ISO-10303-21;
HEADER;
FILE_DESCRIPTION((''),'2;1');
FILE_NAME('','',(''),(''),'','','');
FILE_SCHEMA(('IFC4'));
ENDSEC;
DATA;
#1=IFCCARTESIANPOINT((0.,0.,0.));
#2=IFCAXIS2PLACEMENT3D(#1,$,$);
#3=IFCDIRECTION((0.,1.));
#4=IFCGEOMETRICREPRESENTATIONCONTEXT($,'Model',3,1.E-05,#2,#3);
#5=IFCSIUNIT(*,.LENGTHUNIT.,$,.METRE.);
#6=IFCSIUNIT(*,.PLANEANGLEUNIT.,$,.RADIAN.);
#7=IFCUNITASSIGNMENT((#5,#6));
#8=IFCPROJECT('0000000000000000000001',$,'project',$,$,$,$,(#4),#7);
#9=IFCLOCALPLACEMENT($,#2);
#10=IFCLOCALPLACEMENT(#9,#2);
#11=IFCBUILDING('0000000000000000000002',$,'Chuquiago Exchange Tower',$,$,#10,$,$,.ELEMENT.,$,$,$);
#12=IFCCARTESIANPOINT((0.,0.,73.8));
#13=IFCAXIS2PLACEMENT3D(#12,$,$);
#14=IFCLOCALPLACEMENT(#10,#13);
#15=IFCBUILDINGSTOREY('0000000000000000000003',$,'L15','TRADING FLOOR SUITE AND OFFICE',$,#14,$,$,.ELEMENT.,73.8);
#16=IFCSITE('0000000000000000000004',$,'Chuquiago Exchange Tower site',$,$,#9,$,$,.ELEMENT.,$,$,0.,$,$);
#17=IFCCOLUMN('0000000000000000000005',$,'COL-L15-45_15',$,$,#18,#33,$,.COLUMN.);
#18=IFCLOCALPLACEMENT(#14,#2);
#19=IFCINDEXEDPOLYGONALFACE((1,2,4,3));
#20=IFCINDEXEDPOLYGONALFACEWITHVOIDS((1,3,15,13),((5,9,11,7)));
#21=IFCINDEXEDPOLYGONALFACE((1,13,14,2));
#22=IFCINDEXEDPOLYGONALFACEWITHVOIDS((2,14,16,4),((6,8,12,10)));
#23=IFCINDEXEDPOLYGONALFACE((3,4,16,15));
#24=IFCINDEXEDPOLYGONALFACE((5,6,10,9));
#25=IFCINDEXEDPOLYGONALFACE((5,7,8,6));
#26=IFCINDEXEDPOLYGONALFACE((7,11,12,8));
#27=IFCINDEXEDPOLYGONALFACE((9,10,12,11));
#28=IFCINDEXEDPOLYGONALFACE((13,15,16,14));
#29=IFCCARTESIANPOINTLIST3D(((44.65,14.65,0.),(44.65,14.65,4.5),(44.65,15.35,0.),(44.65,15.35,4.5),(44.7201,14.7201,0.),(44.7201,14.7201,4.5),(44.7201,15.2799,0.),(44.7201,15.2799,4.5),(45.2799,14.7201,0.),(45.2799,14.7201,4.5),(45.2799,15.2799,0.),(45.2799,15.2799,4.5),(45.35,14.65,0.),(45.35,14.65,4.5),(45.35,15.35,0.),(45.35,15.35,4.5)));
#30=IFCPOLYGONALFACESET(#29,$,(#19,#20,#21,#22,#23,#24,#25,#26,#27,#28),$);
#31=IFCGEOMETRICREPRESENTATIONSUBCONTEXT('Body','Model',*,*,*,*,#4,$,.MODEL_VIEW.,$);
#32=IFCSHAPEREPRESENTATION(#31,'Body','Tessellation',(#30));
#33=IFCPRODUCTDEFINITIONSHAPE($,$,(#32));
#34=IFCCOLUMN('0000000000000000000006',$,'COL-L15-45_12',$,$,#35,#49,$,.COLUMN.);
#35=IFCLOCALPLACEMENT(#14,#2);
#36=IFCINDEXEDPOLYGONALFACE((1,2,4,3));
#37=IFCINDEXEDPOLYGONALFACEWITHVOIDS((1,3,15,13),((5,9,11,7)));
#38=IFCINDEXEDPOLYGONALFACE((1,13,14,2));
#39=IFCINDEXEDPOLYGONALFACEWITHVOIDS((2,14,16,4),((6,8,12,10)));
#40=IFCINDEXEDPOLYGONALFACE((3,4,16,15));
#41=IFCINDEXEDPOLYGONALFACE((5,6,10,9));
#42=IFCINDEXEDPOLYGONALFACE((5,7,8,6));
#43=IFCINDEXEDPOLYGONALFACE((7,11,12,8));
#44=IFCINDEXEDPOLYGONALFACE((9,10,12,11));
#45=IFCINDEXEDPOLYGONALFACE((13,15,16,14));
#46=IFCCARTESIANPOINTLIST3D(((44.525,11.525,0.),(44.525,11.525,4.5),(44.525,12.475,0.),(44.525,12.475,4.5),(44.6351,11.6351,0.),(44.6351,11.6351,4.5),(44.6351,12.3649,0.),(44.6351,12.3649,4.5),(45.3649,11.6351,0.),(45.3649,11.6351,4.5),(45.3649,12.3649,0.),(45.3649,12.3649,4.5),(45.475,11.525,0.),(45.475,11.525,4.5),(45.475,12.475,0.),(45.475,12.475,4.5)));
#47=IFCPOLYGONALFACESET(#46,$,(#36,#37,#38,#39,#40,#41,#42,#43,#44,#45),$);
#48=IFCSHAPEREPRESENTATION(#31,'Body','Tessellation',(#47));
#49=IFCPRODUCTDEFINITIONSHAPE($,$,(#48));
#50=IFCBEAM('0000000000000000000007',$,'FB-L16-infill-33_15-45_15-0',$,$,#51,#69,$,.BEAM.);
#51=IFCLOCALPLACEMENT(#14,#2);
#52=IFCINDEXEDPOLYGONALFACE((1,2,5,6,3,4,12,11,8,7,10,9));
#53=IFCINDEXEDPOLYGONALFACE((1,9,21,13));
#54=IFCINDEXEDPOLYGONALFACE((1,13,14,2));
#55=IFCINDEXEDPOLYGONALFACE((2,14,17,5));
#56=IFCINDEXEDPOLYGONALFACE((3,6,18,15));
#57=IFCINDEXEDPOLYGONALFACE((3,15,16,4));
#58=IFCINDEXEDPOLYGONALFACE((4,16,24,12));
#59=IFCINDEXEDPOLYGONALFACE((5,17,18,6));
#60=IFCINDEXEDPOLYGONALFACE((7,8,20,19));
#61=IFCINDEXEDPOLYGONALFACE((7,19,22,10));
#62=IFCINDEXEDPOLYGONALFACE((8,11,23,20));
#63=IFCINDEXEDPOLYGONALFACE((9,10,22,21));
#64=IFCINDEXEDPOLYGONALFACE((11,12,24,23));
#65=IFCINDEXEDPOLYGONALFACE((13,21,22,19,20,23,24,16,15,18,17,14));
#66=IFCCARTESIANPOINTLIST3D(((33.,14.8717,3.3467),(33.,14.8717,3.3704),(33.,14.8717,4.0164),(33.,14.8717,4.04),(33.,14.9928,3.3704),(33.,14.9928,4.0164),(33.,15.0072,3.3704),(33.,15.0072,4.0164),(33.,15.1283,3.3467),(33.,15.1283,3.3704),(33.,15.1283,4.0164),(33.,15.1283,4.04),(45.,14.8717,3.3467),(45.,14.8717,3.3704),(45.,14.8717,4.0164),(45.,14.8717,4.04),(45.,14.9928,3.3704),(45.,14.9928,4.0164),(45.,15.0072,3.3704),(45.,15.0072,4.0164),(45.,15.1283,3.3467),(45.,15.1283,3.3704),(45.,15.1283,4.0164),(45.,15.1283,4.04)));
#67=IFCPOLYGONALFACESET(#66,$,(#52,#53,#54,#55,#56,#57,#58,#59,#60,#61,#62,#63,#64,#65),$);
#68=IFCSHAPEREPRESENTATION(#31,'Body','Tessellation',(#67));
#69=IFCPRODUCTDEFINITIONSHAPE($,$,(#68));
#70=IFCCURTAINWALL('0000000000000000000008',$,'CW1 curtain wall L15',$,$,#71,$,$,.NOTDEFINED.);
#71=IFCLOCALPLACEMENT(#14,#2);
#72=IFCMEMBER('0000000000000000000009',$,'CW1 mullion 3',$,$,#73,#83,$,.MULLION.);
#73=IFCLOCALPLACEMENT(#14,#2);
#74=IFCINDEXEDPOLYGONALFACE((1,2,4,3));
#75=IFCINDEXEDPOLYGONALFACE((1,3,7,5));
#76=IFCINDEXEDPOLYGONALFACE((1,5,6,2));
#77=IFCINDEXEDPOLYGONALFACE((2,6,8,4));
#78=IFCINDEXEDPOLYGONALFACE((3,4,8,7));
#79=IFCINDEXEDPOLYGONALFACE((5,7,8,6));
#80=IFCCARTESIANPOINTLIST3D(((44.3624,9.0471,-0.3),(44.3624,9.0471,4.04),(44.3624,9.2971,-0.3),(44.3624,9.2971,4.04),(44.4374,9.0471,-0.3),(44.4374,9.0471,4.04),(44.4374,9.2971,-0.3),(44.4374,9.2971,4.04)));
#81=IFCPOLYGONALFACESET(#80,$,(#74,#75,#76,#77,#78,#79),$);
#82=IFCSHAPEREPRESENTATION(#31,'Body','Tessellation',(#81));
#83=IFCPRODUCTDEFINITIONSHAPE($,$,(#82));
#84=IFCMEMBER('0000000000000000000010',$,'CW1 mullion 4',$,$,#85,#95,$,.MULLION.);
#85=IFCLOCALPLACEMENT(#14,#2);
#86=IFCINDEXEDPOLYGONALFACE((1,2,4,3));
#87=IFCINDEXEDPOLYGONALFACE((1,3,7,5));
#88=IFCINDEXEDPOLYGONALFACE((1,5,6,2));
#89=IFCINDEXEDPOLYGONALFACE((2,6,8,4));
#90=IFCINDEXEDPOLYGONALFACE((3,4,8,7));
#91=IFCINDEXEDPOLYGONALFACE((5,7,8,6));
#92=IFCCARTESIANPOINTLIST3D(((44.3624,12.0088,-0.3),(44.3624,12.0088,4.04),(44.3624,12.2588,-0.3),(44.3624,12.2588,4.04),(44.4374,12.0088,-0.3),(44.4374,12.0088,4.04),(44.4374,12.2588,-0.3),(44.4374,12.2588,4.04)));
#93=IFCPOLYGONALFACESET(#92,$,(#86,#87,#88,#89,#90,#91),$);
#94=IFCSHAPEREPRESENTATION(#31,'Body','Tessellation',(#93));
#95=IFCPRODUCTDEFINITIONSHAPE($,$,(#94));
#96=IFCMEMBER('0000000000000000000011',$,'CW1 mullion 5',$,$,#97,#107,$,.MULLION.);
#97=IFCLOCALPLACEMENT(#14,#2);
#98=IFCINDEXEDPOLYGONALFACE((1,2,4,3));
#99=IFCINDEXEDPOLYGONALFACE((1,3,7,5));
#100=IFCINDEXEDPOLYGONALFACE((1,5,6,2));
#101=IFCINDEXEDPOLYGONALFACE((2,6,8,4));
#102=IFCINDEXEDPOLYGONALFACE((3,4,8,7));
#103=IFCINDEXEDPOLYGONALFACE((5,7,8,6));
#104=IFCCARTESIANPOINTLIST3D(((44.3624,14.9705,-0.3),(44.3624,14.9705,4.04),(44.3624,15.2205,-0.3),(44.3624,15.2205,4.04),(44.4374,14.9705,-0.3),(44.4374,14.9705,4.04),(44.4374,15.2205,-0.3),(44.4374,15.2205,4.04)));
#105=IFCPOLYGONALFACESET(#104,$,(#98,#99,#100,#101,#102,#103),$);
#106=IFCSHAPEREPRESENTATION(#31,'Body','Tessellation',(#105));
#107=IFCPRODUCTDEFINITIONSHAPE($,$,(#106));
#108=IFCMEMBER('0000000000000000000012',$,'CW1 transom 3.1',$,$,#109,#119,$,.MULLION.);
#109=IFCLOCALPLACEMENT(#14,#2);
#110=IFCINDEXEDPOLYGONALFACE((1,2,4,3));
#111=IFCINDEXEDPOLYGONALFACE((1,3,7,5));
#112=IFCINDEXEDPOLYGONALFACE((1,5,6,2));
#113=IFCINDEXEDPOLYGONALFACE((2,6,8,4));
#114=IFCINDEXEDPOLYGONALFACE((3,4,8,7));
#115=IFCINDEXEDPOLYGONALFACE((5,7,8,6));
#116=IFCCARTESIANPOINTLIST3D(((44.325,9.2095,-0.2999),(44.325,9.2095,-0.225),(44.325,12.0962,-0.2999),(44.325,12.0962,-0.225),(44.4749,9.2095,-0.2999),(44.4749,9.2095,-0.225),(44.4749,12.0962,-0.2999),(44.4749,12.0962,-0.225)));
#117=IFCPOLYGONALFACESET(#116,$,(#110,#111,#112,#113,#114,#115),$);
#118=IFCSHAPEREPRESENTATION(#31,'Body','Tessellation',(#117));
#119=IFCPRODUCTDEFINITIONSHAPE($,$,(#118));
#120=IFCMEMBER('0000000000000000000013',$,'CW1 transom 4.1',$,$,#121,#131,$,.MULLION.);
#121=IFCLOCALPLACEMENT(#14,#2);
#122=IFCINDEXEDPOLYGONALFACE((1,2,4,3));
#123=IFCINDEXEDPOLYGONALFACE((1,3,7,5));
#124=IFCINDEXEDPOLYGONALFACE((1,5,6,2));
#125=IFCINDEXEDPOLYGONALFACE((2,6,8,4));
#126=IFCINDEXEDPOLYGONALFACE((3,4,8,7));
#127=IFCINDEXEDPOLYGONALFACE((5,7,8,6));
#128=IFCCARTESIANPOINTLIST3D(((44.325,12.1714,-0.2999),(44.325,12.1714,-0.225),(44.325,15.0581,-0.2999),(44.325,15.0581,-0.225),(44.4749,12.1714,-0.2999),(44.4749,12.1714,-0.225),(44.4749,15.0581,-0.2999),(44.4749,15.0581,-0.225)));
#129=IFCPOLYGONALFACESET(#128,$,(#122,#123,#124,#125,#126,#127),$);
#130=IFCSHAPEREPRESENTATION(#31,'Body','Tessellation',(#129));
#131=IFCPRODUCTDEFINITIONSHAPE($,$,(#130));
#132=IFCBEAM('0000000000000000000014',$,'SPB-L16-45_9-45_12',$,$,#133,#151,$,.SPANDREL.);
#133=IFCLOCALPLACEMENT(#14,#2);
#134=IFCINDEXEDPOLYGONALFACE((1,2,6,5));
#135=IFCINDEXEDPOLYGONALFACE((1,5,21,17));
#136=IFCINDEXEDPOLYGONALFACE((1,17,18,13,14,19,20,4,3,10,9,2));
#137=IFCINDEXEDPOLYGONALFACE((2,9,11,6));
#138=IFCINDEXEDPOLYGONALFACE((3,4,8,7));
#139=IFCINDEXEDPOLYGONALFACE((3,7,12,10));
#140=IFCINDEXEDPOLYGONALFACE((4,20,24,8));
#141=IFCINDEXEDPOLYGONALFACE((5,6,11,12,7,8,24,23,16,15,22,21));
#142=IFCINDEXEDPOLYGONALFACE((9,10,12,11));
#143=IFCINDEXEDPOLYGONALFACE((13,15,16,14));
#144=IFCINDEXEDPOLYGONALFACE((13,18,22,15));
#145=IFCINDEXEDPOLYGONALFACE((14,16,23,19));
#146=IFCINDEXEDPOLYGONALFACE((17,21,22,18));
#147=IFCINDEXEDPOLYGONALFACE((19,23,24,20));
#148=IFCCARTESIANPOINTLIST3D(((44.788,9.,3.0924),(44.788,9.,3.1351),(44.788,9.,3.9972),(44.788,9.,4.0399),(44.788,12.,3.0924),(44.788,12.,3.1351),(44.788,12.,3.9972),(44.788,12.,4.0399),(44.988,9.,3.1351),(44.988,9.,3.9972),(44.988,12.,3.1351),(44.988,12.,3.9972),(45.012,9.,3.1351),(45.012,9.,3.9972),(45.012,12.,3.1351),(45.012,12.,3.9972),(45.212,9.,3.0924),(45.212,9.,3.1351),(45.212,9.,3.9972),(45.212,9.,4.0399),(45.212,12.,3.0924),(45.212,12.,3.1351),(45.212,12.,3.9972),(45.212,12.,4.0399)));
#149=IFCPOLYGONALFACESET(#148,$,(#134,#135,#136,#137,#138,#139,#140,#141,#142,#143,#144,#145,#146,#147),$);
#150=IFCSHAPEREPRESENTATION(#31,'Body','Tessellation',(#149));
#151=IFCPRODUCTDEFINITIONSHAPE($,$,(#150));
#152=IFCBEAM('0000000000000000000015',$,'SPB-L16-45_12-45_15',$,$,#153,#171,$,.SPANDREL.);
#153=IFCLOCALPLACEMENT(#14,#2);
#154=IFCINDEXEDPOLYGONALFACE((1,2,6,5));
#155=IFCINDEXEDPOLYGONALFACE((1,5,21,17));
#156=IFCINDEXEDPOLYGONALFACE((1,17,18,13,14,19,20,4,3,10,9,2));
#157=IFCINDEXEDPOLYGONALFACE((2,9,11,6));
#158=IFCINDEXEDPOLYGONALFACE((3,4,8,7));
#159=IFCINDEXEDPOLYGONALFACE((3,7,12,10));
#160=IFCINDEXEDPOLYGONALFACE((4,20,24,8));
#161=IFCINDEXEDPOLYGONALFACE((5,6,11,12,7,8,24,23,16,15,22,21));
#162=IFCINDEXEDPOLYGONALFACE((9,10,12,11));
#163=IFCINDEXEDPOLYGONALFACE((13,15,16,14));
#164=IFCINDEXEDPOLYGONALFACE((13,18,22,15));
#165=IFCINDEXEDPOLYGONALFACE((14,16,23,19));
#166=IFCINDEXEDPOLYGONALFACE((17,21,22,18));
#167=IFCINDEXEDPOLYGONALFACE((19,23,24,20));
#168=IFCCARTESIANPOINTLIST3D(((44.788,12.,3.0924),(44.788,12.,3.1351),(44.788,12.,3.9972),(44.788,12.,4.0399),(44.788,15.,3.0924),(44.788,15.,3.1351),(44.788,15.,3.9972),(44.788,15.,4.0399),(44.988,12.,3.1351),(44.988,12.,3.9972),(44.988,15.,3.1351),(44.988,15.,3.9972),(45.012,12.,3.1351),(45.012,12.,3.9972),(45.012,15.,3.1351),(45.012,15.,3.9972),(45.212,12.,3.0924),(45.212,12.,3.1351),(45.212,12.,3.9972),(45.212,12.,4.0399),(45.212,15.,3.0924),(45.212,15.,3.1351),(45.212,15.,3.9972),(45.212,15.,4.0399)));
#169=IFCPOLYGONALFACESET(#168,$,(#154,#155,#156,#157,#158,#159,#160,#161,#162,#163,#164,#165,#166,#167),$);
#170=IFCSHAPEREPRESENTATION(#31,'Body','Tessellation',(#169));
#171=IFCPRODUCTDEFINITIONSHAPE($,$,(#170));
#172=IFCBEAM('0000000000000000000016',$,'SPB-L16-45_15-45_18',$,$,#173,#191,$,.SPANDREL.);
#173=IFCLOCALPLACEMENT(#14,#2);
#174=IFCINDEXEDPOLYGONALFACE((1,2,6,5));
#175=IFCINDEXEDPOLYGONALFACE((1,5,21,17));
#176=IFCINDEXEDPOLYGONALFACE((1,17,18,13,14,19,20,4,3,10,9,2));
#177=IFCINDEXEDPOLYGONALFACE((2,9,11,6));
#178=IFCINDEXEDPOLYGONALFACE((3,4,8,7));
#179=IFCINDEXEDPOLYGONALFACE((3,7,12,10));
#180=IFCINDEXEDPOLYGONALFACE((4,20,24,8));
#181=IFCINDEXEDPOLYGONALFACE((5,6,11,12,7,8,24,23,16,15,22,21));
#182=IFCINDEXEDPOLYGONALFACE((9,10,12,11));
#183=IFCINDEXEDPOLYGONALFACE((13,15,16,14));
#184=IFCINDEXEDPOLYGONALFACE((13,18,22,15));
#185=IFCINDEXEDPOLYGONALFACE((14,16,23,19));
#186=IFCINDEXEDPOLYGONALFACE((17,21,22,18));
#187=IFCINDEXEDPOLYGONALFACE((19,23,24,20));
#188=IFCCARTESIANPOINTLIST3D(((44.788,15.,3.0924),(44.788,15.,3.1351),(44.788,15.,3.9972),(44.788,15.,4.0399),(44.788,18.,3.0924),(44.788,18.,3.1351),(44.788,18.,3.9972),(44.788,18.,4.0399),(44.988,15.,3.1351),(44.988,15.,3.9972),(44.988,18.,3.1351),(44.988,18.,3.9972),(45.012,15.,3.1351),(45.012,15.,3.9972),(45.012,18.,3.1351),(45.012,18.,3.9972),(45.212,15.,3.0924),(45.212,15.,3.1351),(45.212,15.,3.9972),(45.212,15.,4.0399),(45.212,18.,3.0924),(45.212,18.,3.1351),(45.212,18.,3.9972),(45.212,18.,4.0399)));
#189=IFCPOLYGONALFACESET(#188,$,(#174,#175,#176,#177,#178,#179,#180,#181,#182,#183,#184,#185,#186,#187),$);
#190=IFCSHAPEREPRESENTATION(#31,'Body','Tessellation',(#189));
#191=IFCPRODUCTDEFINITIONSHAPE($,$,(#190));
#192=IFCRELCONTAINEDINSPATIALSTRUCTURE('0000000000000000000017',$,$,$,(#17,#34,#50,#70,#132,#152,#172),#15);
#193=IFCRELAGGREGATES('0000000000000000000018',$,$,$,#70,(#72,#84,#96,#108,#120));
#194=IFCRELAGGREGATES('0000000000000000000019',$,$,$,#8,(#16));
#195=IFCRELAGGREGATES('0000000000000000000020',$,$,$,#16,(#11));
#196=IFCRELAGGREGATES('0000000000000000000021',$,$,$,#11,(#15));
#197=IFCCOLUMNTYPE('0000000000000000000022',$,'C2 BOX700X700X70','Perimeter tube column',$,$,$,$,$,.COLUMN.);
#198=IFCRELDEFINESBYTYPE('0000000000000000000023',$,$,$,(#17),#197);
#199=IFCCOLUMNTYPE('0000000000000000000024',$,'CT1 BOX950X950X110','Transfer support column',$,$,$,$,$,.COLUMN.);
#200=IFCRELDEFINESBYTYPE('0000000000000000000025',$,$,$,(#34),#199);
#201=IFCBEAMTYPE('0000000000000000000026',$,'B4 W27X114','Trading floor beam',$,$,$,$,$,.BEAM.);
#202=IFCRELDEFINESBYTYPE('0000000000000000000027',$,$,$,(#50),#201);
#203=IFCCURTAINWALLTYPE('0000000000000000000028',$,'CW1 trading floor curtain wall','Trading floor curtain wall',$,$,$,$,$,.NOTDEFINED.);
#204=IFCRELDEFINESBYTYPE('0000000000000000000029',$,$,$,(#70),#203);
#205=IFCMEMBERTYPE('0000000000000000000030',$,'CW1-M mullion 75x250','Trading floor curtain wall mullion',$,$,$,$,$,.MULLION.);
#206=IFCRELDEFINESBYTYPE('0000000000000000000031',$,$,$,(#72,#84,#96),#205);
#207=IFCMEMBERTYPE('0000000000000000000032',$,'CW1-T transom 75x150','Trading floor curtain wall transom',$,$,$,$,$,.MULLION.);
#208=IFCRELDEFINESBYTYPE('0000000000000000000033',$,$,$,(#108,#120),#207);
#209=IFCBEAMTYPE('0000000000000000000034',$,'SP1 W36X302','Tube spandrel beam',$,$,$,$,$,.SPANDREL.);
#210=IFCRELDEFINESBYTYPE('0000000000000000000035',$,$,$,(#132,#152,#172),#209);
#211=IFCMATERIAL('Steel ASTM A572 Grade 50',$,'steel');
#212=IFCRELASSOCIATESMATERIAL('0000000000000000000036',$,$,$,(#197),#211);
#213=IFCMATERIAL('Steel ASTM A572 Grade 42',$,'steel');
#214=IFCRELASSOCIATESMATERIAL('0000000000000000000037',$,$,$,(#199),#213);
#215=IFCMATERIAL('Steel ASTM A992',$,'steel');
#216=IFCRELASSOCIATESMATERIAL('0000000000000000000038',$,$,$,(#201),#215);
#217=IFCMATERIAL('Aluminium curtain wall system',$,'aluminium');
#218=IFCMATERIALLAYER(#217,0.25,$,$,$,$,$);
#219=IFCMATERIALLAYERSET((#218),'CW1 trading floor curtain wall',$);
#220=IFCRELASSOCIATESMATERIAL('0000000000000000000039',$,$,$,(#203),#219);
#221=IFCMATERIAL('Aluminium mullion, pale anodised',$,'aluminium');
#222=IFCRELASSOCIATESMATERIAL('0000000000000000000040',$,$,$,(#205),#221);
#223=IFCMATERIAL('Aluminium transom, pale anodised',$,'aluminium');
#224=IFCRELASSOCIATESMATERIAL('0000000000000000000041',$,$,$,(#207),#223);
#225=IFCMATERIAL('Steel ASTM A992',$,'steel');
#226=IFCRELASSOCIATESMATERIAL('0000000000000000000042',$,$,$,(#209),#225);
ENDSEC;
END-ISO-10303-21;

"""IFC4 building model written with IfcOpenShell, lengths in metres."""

from ifc_helpers import new_model, si_unit, direction, frame, origin, origin_2d, place, context, subcontext, project, spatial, rectangle, hollow_rectangle, i_section, extrude, material, layer, layer_set, material_profile, profile_set, type_object, element, aggregate, save


model = new_model("IFC4")

# Units and contexts
model_context = context("Model", 3, precision=1e-05, world=origin(), true_north=direction((0.0, 1.0)))
body_context = subcontext(model_context, "Body", "Model", "MODEL_VIEW")
ifc_project = project(units=[si_unit("LENGTHUNIT", "METRE"), si_unit("PLANEANGLEUNIT", "RADIAN")], contexts=[model_context])

# Site, building, storey
site_placement = place(None, origin())
site = spatial("IfcSite", under=ifc_project, at=site_placement, Name="Chuquiago Exchange Tower site", CompositionType="ELEMENT", RefElevation=0.0)
building_placement = place(site_placement, origin())
building = spatial("IfcBuilding", under=site, at=building_placement, Name="Chuquiago Exchange Tower", CompositionType="ELEMENT")
storey_placement = place(building_placement, frame((0.0, 0.0, 73.8)))
storey = spatial("IfcBuildingStorey", under=building, at=storey_placement, Name="L15", Description="TRADING FLOOR SUITE AND OFFICE", CompositionType="ELEMENT", Elevation=73.8)

# Columns
ifc_material_1 = material(Name="Steel ASTM A572 Grade 50", Category="steel")
ifc_material_profile_1 = material_profile(ifc_material_1, hollow_rectangle(XDim=0.7, YDim=0.7, WallThickness=0.0701, at=origin_2d()), Name="BOX700X700X70")
ifc_profile_set_1 = profile_set([ifc_material_profile_1], Name="Steel ASTM A572 Grade 50")
column_type_1 = type_object("IfcColumnType", Name="C2 BOX700X700X70", Description="Perimeter tube column", PredefinedType="COLUMN", material=ifc_profile_set_1)
column_1_placement = place(storey_placement, frame((45.0, 15.0, 0.0), z_axis=(0.0, 0.0, 1.0), x_axis=(1.0, 0.0, 0.0)))
element("IfcColumn", 1, at=column_1_placement, inside=storey, type_object=column_type_1, Name="COL-L15-45_15", PredefinedType="COLUMN", context=body_context, shape_type="SweptSolid", body=[
    extrude(hollow_rectangle(XDim=0.7, YDim=0.7, WallThickness=0.0701, at=origin_2d()), origin(), (0.0, 0.0, 1.0), 4.5),
])
ifc_material_2 = material(Name="Steel ASTM A572 Grade 42", Category="steel")
ifc_material_profile_2 = material_profile(ifc_material_2, hollow_rectangle(XDim=0.95, YDim=0.95, WallThickness=0.1101, at=origin_2d()), Name="BOX950X950X110")
ifc_profile_set_2 = profile_set([ifc_material_profile_2], Name="Steel ASTM A572 Grade 42")
column_type_2 = type_object("IfcColumnType", Name="CT1 BOX950X950X110", Description="Transfer support column", PredefinedType="COLUMN", material=ifc_profile_set_2)
column_2_placement = place(storey_placement, frame((45.0, 12.0, 0.0), z_axis=(0.0, 0.0, 1.0), x_axis=(1.0, 0.0, 0.0)))
element("IfcColumn", 2, at=column_2_placement, inside=storey, type_object=column_type_2, Name="COL-L15-45_12", PredefinedType="COLUMN", context=body_context, shape_type="SweptSolid", body=[
    extrude(hollow_rectangle(XDim=0.95, YDim=0.95, WallThickness=0.1101, at=origin_2d()), origin(), (0.0, 0.0, 1.0), 4.5),
])

# Beam
ifc_material_3 = material(Name="Steel ASTM A992", Category="steel")
ifc_material_profile_3 = material_profile(ifc_material_3, i_section(OverallWidth=0.2566, OverallDepth=0.6934, WebThickness=0.0144, FlangeThickness=0.0237, at=origin_2d()), Name="W27X114")
ifc_profile_set_3 = profile_set([ifc_material_profile_3], Name="Steel ASTM A992")
beam_type_1 = type_object("IfcBeamType", Name="B4 W27X114", Description="Trading floor beam", PredefinedType="BEAM", material=ifc_profile_set_3)
beam_placement = place(storey_placement, frame((33.0, 15.0, 3.6934), z_axis=(1.0, 0.0, 0.0), x_axis=(0.0, 1.0, 0.0)))
element("IfcBeam", 3, at=beam_placement, inside=storey, type_object=beam_type_1, Name="FB-L16-infill-33_15-45_15-0", PredefinedType="BEAM", context=body_context, shape_type="SweptSolid", body=[
    extrude(i_section(OverallWidth=0.2566, OverallDepth=0.6934, WebThickness=0.0144, FlangeThickness=0.0237, at=origin_2d()), origin(), (0.0, 0.0, 1.0), 12.0),
])

# Curtain wall, members
ifc_material_4 = material(Name="Aluminium curtain wall system", Category="aluminium")
ifc_layer_1 = layer(ifc_material_4, 0.25)
ifc_layer_set_1 = layer_set([ifc_layer_1], Name="CW1 trading floor curtain wall")
curtain_wall_type = type_object("IfcCurtainWallType", Name="CW1 trading floor curtain wall", Description="Trading floor curtain wall", PredefinedType="NOTDEFINED", material=ifc_layer_set_1)
curtain_wall_placement = place(storey_placement, origin())
curtain_wall = element("IfcCurtainWall", 4, at=curtain_wall_placement, inside=storey, type_object=curtain_wall_type, Name="CW1 curtain wall L15", PredefinedType="NOTDEFINED")
ifc_material_5 = material(Name="Aluminium mullion, pale anodised", Category="aluminium")
ifc_material_profile_4 = material_profile(ifc_material_5, rectangle(XDim=0.075, YDim=0.25, at=origin_2d()), Name="AL 75x250")
ifc_profile_set_4 = profile_set([ifc_material_profile_4], Name="Aluminium mullion, pale anodised")
member_type_1 = type_object("IfcMemberType", Name="CW1-M mullion 75x250", Description="Trading floor curtain wall mullion", PredefinedType="MULLION", material=ifc_profile_set_4)
member_1_placement = place(storey_placement, frame((44.3999, 9.1721, -0.3), z_axis=(0.0, 0.0, 1.0), x_axis=(-1.0, 0.0, 0.0)))
member_1 = element("IfcMember", 5, at=member_1_placement, type_object=member_type_1, Name="CW1 mullion 3", PredefinedType="MULLION", context=body_context, shape_type="SweptSolid", body=[
    extrude(rectangle(XDim=0.075, YDim=0.25, at=origin_2d()), origin(), (0.0, 0.0, 1.0), 4.3401),
])
member_2_placement = place(storey_placement, frame((44.3999, 12.1338, -0.3), z_axis=(0.0, 0.0, 1.0), x_axis=(-1.0, 0.0, 0.0)))
member_2 = element("IfcMember", 6, at=member_2_placement, type_object=member_type_1, Name="CW1 mullion 4", PredefinedType="MULLION", context=body_context, shape_type="SweptSolid", body=[
    extrude(rectangle(XDim=0.075, YDim=0.25, at=origin_2d()), origin(), (0.0, 0.0, 1.0), 4.3401),
])
member_3_placement = place(storey_placement, frame((44.3999, 15.0955, -0.3), z_axis=(0.0, 0.0, 1.0), x_axis=(-1.0, 0.0, 0.0)))
member_3 = element("IfcMember", 7, at=member_3_placement, type_object=member_type_1, Name="CW1 mullion 5", PredefinedType="MULLION", context=body_context, shape_type="SweptSolid", body=[
    extrude(rectangle(XDim=0.075, YDim=0.25, at=origin_2d()), origin(), (0.0, 0.0, 1.0), 4.3401),
])
ifc_material_6 = material(Name="Aluminium transom, pale anodised", Category="aluminium")
ifc_material_profile_5 = material_profile(ifc_material_6, rectangle(XDim=0.1499, YDim=0.075, at=origin_2d()), Name="AL 150x75")
ifc_profile_set_5 = profile_set([ifc_material_profile_5], Name="Aluminium transom, pale anodised")
member_type_2 = type_object("IfcMemberType", Name="CW1-T transom 75x150", Description="Trading floor curtain wall transom", PredefinedType="MULLION", material=ifc_profile_set_5)
member_4_placement = place(storey_placement, frame((44.3999, 9.2095, -0.2625), z_axis=(0.0, 1.0, 0.0), x_axis=(-1.0, 0.0, 0.0)))
member_4 = element("IfcMember", 8, at=member_4_placement, type_object=member_type_2, Name="CW1 transom 3.1", PredefinedType="MULLION", context=body_context, shape_type="SweptSolid", body=[
    extrude(rectangle(XDim=0.1499, YDim=0.075, at=origin_2d()), origin(), (0.0, 0.0, 1.0), 2.8867),
])
member_5_placement = place(storey_placement, frame((44.3999, 12.1714, -0.2625), z_axis=(0.0, 1.0, 0.0), x_axis=(-1.0, 0.0, 0.0)))
member_5 = element("IfcMember", 9, at=member_5_placement, type_object=member_type_2, Name="CW1 transom 4.1", PredefinedType="MULLION", context=body_context, shape_type="SweptSolid", body=[
    extrude(rectangle(XDim=0.1499, YDim=0.075, at=origin_2d()), origin(), (0.0, 0.0, 1.0), 2.8867),
])

# Beams
ifc_material_7 = material(Name="Steel ASTM A992", Category="steel")
ifc_material_profile_6 = material_profile(ifc_material_7, i_section(OverallWidth=0.4241, OverallDepth=0.9475, WebThickness=0.0239, FlangeThickness=0.0427, at=origin_2d()), Name="W36X302")
ifc_profile_set_6 = profile_set([ifc_material_profile_6], Name="Steel ASTM A992")
beam_type_2 = type_object("IfcBeamType", Name="SP1 W36X302", Description="Tube spandrel beam", PredefinedType="SPANDREL", material=ifc_profile_set_6)
for number, where, z_axis, x_axis, name in (
    (10, (45.0, 9.0, 3.5662), (0.0, 1.0, 0.0), (-1.0, 0.0, 0.0), "SPB-L16-45_9-45_12"),
    (11, (45.0, 12.0, 3.5662), (0.0, 1.0, 0.0), (-1.0, 0.0, 0.0), "SPB-L16-45_12-45_15"),
    (12, (45.0, 15.0, 3.5662), (0.0, 1.0, 0.0), (-1.0, 0.0, 0.0), "SPB-L16-45_15-45_18"),
):
    element("IfcBeam", number, at=place(storey_placement, frame(where, z_axis=z_axis, x_axis=x_axis)), inside=storey, type_object=beam_type_2, Name=name, PredefinedType="SPANDREL", context=body_context, shape_type="SweptSolid", body=[
        extrude(i_section(OverallWidth=0.4241, OverallDepth=0.9475, WebThickness=0.0239, FlangeThickness=0.0427, at=origin_2d()), origin(), (0.0, 0.0, 1.0), 3.0),
    ])

aggregate(curtain_wall, [member_1, member_2, member_3, member_4, member_5])

save(model, "model.ifc")
